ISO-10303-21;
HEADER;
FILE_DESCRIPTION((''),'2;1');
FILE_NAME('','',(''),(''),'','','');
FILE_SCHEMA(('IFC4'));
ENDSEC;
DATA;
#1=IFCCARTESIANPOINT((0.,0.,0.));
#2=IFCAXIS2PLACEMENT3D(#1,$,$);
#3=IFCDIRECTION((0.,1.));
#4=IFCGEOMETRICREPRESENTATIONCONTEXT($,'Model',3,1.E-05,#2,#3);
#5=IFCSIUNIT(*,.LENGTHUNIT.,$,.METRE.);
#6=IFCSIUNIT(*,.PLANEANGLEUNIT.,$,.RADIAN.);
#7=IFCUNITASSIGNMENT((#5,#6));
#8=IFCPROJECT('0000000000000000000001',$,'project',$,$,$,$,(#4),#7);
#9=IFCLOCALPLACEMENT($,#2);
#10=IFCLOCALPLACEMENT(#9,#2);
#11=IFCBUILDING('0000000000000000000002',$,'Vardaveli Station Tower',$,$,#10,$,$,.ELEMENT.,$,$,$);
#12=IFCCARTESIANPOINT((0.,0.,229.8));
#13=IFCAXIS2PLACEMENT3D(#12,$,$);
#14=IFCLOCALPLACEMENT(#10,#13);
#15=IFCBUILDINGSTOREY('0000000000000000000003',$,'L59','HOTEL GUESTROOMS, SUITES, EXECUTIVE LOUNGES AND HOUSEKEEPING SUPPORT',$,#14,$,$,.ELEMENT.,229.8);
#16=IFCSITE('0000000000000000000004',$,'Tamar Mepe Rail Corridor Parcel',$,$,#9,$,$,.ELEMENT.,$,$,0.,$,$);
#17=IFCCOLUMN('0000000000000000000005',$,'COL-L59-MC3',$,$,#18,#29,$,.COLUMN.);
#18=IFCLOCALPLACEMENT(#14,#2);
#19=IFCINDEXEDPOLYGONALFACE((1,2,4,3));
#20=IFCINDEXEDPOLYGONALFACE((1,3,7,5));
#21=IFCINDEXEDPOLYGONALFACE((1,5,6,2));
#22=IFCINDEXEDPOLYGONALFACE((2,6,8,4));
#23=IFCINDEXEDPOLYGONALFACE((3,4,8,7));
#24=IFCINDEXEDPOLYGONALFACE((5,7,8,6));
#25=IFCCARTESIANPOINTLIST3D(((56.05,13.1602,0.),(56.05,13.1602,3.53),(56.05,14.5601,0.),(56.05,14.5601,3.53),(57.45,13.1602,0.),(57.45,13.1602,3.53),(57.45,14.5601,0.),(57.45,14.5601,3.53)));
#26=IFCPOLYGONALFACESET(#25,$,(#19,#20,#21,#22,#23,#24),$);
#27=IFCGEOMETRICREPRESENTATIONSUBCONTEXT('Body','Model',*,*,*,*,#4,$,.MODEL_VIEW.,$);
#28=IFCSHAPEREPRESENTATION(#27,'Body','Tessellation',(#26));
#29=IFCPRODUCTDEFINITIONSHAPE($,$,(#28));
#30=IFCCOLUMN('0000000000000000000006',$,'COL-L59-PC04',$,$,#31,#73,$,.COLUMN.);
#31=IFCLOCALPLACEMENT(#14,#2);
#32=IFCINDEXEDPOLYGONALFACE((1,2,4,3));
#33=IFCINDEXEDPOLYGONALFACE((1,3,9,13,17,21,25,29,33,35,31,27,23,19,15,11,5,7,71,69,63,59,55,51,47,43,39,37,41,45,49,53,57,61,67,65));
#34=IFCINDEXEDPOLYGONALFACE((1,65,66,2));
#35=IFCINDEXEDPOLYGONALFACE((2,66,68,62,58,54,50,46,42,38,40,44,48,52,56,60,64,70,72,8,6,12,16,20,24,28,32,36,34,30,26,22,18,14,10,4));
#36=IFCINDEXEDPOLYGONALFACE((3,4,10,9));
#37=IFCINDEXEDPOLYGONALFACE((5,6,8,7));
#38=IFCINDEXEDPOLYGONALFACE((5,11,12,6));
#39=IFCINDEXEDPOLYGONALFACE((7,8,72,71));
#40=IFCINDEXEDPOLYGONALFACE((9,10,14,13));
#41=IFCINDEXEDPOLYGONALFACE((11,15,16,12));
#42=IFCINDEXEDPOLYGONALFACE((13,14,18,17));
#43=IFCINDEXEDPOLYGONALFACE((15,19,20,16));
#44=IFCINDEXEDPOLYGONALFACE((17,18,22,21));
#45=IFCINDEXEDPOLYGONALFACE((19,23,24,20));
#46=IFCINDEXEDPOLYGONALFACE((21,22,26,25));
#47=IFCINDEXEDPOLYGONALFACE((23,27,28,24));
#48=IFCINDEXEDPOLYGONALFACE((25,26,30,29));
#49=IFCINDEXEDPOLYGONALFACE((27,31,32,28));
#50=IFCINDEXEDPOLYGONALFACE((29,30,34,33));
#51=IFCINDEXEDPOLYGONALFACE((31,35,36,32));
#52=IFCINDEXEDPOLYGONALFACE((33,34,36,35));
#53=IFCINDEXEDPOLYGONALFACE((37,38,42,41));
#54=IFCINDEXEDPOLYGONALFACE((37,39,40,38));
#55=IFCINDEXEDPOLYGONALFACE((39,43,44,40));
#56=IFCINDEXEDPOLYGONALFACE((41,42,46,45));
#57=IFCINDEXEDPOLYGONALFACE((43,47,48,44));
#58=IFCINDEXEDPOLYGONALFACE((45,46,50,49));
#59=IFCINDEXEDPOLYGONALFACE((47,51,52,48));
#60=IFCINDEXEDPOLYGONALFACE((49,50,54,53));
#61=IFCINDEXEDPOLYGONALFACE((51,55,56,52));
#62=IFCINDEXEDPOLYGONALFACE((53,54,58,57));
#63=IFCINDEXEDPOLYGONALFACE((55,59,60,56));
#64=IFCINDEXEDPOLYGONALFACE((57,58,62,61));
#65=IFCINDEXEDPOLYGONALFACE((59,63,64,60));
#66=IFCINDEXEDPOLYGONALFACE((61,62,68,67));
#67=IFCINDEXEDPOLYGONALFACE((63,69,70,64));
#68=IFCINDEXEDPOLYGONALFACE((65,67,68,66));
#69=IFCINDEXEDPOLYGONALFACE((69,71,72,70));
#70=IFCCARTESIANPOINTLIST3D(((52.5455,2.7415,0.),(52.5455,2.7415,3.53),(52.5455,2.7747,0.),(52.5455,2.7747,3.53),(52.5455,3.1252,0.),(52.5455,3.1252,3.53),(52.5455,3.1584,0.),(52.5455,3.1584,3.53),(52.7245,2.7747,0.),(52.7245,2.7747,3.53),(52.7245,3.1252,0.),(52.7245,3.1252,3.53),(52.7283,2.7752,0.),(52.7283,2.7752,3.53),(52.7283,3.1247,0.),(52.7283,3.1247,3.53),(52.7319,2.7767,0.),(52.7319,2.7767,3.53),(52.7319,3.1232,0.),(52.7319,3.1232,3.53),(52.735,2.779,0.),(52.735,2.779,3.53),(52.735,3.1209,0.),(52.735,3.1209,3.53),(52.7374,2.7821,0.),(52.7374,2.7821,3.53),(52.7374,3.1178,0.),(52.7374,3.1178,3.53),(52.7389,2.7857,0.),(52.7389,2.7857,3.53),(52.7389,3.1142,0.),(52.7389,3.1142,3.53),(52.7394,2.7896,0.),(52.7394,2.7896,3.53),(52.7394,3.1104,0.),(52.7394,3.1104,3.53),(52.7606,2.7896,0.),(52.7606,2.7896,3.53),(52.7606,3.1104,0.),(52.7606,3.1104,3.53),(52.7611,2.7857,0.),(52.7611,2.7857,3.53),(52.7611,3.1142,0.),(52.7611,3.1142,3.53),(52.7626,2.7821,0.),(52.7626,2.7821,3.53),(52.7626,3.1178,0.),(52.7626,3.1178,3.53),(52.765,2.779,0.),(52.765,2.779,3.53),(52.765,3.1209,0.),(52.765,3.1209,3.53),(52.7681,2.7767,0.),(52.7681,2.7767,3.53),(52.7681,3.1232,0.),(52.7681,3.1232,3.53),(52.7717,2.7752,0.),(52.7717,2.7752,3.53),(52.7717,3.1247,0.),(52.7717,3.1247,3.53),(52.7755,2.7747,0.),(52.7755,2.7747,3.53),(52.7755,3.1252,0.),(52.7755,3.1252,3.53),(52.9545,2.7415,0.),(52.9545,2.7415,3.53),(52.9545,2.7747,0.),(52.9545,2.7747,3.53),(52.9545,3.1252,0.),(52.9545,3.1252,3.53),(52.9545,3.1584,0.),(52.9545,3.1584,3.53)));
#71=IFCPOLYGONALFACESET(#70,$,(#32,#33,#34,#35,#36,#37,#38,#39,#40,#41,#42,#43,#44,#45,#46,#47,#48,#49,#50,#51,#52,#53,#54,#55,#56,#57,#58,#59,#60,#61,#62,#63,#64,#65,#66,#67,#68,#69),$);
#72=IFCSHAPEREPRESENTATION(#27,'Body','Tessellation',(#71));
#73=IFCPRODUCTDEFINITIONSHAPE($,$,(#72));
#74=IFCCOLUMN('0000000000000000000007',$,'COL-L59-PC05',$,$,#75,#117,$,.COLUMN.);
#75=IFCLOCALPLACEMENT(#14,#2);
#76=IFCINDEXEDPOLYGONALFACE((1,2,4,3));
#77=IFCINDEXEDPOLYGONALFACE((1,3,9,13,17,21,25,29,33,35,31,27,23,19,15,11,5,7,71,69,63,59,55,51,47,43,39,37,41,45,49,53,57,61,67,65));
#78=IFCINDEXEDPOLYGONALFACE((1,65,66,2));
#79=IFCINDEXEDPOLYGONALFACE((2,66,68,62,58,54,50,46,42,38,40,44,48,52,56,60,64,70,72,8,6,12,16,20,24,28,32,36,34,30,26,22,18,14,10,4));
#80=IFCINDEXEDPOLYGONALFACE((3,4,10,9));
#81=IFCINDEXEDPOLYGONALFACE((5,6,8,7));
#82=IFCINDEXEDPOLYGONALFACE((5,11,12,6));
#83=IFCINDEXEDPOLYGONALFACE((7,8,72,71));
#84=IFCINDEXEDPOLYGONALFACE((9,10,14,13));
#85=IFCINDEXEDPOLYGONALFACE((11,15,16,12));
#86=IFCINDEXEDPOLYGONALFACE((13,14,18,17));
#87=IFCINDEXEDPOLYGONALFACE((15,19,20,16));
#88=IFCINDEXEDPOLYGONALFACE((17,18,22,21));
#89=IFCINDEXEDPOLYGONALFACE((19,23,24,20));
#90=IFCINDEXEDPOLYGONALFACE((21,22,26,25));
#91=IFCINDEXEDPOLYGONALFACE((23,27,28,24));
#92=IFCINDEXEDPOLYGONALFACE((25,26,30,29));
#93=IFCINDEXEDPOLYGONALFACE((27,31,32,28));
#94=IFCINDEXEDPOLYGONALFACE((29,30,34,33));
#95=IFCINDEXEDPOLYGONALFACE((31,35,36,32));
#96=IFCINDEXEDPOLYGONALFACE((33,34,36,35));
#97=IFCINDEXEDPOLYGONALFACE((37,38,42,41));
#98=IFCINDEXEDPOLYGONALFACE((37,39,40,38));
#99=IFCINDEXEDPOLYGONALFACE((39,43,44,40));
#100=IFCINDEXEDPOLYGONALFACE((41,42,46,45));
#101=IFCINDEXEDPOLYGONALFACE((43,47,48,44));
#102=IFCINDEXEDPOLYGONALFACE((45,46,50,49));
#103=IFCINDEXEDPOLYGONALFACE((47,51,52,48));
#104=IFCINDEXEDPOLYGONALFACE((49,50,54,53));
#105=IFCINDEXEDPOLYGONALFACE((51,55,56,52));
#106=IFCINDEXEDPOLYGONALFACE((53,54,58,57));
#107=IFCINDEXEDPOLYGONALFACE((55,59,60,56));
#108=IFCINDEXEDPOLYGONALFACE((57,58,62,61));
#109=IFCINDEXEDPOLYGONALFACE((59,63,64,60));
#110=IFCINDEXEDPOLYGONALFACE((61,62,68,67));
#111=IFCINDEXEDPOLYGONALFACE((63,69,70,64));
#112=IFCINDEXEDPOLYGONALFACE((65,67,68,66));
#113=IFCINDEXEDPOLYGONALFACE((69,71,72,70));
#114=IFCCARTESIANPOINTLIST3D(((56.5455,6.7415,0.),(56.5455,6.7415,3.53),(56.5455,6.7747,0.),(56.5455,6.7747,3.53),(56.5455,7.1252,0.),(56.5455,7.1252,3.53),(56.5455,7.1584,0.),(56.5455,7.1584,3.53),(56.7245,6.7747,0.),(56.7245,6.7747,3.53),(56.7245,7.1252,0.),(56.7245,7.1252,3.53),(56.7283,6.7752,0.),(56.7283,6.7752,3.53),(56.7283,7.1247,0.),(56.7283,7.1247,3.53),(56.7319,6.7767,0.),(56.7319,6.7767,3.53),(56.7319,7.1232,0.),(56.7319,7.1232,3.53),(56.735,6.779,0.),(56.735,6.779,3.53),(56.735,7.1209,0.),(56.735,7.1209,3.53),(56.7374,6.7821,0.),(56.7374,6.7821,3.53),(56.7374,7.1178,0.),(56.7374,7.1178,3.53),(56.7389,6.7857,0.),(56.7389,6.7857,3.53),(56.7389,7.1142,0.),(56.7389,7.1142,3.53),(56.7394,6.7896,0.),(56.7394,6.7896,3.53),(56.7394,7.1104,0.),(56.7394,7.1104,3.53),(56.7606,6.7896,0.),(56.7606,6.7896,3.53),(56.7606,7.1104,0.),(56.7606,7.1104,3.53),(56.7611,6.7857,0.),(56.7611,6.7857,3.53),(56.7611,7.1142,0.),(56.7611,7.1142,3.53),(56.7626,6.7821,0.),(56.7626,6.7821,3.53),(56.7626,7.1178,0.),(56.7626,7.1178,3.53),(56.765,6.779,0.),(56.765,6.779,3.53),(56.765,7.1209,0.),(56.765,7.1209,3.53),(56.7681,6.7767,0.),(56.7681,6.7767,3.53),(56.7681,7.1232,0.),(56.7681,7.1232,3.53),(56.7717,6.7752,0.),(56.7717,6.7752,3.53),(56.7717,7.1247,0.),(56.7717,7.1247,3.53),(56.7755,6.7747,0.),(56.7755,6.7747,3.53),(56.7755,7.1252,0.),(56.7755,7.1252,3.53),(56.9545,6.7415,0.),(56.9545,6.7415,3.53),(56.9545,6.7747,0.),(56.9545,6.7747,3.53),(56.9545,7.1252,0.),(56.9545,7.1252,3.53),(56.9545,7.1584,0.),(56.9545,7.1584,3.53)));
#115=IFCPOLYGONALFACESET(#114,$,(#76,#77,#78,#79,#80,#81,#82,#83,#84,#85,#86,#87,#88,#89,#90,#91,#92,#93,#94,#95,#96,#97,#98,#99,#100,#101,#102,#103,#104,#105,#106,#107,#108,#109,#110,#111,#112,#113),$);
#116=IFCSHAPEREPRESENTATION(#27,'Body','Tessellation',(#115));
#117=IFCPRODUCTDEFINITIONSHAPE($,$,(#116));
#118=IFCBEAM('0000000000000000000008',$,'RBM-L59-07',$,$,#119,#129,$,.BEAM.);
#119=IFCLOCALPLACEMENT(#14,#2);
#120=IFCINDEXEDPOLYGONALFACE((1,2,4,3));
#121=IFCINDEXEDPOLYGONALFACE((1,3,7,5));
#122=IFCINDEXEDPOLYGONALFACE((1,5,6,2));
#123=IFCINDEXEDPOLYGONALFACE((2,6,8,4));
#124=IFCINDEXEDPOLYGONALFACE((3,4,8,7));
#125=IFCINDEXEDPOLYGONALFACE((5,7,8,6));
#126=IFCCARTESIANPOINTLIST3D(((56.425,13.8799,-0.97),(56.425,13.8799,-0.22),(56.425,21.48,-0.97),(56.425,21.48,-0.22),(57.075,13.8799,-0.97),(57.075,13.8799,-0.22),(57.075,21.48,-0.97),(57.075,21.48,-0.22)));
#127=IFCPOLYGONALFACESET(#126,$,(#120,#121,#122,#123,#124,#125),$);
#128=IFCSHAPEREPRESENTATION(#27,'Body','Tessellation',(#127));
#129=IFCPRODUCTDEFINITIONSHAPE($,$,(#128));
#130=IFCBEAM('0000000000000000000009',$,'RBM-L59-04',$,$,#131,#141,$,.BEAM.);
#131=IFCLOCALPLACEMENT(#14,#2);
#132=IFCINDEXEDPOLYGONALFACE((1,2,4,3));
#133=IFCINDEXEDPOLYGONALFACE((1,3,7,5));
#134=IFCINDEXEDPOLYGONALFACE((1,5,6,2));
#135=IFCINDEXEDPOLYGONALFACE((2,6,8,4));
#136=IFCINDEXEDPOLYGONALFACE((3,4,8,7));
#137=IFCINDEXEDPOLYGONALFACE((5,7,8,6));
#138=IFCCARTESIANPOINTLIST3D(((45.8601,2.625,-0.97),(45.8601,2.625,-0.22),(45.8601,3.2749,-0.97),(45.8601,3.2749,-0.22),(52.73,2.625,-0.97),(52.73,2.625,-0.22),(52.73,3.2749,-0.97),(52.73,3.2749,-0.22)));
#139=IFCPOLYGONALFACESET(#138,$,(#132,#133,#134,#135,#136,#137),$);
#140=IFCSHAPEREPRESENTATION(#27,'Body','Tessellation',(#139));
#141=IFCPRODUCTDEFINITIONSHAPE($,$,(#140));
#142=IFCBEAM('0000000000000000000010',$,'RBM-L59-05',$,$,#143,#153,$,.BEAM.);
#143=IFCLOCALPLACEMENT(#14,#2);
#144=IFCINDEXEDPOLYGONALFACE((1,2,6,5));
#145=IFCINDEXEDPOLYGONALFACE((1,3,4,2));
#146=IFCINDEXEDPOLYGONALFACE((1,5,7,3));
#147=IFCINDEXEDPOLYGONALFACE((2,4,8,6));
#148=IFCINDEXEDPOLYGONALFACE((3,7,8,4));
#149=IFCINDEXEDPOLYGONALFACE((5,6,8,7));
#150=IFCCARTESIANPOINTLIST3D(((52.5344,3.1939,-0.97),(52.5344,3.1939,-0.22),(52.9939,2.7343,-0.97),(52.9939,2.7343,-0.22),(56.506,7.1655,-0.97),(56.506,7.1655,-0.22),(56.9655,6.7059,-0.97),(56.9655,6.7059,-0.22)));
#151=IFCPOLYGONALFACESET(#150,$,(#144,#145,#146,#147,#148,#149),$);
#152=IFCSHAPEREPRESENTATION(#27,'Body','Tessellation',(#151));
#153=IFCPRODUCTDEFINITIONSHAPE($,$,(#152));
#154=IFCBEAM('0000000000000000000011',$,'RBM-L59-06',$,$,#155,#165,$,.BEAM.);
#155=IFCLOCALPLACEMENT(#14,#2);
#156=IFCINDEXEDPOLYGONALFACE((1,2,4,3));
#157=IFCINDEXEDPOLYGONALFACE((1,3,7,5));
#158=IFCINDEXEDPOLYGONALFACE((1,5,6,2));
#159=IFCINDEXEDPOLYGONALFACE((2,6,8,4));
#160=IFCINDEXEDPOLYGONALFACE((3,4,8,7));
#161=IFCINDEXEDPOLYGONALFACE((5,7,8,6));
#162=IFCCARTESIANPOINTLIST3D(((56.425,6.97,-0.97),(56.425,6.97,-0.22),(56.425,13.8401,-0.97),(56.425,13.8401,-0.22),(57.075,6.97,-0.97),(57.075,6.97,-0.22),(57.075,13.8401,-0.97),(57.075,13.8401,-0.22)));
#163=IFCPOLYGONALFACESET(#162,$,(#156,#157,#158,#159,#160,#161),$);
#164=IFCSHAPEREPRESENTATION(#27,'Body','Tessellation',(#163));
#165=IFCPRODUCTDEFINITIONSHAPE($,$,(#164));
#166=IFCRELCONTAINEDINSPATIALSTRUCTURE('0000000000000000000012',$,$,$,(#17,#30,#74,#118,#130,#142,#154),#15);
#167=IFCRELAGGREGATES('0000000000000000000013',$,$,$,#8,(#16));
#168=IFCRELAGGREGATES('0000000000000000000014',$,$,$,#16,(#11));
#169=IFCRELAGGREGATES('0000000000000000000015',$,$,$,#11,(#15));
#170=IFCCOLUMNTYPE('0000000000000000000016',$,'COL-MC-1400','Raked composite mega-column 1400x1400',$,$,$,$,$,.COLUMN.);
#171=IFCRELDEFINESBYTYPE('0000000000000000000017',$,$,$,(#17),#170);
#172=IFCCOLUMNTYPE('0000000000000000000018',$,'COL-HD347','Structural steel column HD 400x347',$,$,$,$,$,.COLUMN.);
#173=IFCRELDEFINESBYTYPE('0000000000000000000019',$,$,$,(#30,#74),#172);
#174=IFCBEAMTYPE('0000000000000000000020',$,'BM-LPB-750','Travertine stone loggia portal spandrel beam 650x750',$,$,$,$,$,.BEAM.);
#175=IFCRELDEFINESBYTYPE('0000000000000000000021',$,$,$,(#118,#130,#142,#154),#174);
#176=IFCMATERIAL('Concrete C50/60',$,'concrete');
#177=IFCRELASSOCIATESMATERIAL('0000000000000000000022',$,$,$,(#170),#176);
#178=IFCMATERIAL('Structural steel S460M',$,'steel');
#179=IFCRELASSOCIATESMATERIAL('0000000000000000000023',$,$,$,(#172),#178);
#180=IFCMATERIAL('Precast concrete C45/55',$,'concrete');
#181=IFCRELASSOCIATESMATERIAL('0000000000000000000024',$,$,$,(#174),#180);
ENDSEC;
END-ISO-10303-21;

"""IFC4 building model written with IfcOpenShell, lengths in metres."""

from ifc_helpers import new_model, si_unit, direction, frame, origin, origin_2d, place, context, subcontext, project, spatial, rectangle, i_section, extrude, source, transform, mapped, material, material_profile, profile_set, type_object, element, save


model = new_model("IFC4")

# Units and contexts
model_context = context("Model", 3, precision=1e-05, world=origin(), true_north=direction((0.0, 1.0)))
body_context = subcontext(model_context, "Body", "Model", "MODEL_VIEW")
ifc_project = project(units=[si_unit("LENGTHUNIT", "METRE"), si_unit("PLANEANGLEUNIT", "RADIAN")], contexts=[model_context])

# Site, building, storey
site_placement = place(None, origin())
site = spatial("IfcSite", under=ifc_project, at=site_placement, Name="Tamar Mepe Rail Corridor Parcel", CompositionType="ELEMENT", RefElevation=0.0)
building_placement = place(site_placement, origin())
building = spatial("IfcBuilding", under=site, at=building_placement, Name="Vardaveli Station Tower", CompositionType="ELEMENT")
storey_placement = place(building_placement, frame((0.0, 0.0, 229.8)))
storey = spatial("IfcBuildingStorey", under=building, at=storey_placement, Name="L59", Description="HOTEL GUESTROOMS, SUITES, EXECUTIVE LOUNGES AND HOUSEKEEPING SUPPORT", CompositionType="ELEMENT", Elevation=229.8)

# Columns
ifc_material_1 = material(Name="Concrete C50/60", Category="concrete")
ifc_material_profile_1 = material_profile(ifc_material_1, rectangle(XDim=1.3999, YDim=1.3999, at=origin_2d()), Name="MC 1400x1400")
ifc_profile_set_1 = profile_set([ifc_material_profile_1], Name="Concrete C50/60")
column_type_1 = type_object("IfcColumnType", Name="COL-MC-1400", Description="Raked composite mega-column 1400x1400", PredefinedType="COLUMN", material=ifc_profile_set_1)
shared_shape_1 = source(origin(), body_context, "Body", "SweptSolid", [
    extrude(rectangle(XDim=1.3999, YDim=1.3999, at=origin_2d()), origin(), (0.0, 0.0, 1.0), 3.53),
])
column_placement = place(storey_placement, frame((56.75, 13.8601, 0.0), z_axis=(0.0, 0.0, 1.0), x_axis=(1.0, 0.0, 0.0)))
element("IfcColumn", 1, at=column_placement, inside=storey, type_object=column_type_1, Name="COL-L59-MC3", PredefinedType="COLUMN", context=body_context, shape_type="MappedRepresentation", body=[
    mapped(shared_shape_1, transform((0.0, 0.0, 0.0), scale=1.0)),
])
ifc_material_2 = material(Name="Structural steel S460M", Category="steel")
ifc_material_profile_2 = material_profile(ifc_material_2, i_section(OverallWidth=0.4089, OverallDepth=0.417, WebThickness=0.0212, FlangeThickness=0.0332, FilletRadius=0.0149, at=origin_2d()), Name="HD 400x347")
ifc_profile_set_2 = profile_set([ifc_material_profile_2], Name="Structural steel S460M")
column_type_2 = type_object("IfcColumnType", Name="COL-HD347", Description="Structural steel column HD 400x347", PredefinedType="COLUMN", material=ifc_profile_set_2)
shared_shape_2 = source(origin(), body_context, "Body", "SweptSolid", [
    extrude(i_section(OverallWidth=0.4089, OverallDepth=0.417, WebThickness=0.0212, FlangeThickness=0.0332, FilletRadius=0.0149, at=origin_2d()), origin(), (0.0, 0.0, 1.0), 3.53),
])
for number, where, z_axis, x_axis, name in (
    (2, (52.75, 2.95, 0.0), (0.0, 0.0, 1.0), (1.0, 0.0, 0.0), "COL-L59-PC04"),
    (3, (56.75, 6.95, 0.0), (0.0, 0.0, 1.0), (1.0, 0.0, 0.0), "COL-L59-PC05"),
):
    element("IfcColumn", number, at=place(storey_placement, frame(where, z_axis=z_axis, x_axis=x_axis)), inside=storey, type_object=column_type_2, Name=name, PredefinedType="COLUMN", context=body_context, shape_type="MappedRepresentation", body=[
        mapped(shared_shape_2, transform((0.0, 0.0, 0.0), scale=1.0)),
    ])

# Beams
ifc_material_3 = material(Name="Precast concrete C45/55", Category="concrete")
ifc_material_profile_3 = material_profile(ifc_material_3, rectangle(XDim=0.6499, YDim=0.75, at=origin_2d()), Name="LPB 650x750")
ifc_profile_set_3 = profile_set([ifc_material_profile_3], Name="Precast concrete C45/55")
beam_type_1 = type_object("IfcBeamType", Name="BM-LPB-750", Description="Travertine stone loggia portal spandrel beam 650x750", PredefinedType="BEAM", material=ifc_profile_set_3)
shared_shape_3 = source(origin(), body_context, "Body", "SweptSolid", [
    extrude(rectangle(XDim=0.6499, YDim=0.75, at=origin_2d()), origin(), (0.0, 0.0, 1.0), 7.6001),
])
beam_1_placement = place(storey_placement, frame((56.75, 13.8799, -0.595), z_axis=(0.0, 1.0, 0.0), x_axis=(-1.0, 0.0, 0.0)))
element("IfcBeam", 4, at=beam_1_placement, inside=storey, type_object=beam_type_1, Name="RBM-L59-07", PredefinedType="BEAM", context=body_context, shape_type="MappedRepresentation", body=[
    mapped(shared_shape_3, transform((0.0, 0.0, 0.0), scale=1.0)),
])
shared_shape_4 = source(origin(), body_context, "Body", "SweptSolid", [
    extrude(rectangle(XDim=0.6499, YDim=0.75, at=origin_2d()), origin(), (0.0, 0.0, 1.0), 6.8699),
])
beam_2_placement = place(storey_placement, frame((45.8601, 2.95, -0.595), z_axis=(1.0, 0.0, 0.0), x_axis=(0.0, 1.0, 0.0)))
element("IfcBeam", 5, at=beam_2_placement, inside=storey, type_object=beam_type_1, Name="RBM-L59-04", PredefinedType="BEAM", context=body_context, shape_type="MappedRepresentation", body=[
    mapped(shared_shape_4, transform((0.0, 0.0, 0.0), scale=1.0)),
])
shared_shape_5 = source(origin(), body_context, "Body", "SweptSolid", [
    extrude(rectangle(XDim=0.6499, YDim=0.75, at=origin_2d()), origin(), (0.0, 0.0, 1.0), 5.6167),
])
beam_3_placement = place(storey_placement, frame((52.7642, 2.9641, -0.595), z_axis=(0.707107, 0.707107, 0.0), x_axis=(-0.707107, 0.707107, 0.0)))
element("IfcBeam", 6, at=beam_3_placement, inside=storey, type_object=beam_type_1, Name="RBM-L59-05", PredefinedType="BEAM", context=body_context, shape_type="MappedRepresentation", body=[
    mapped(shared_shape_5, transform((0.0, 0.0, 0.0), scale=1.0)),
])
shared_shape_6 = source(origin(), body_context, "Body", "SweptSolid", [
    extrude(rectangle(XDim=0.6499, YDim=0.75, at=origin_2d()), origin(), (0.0, 0.0, 1.0), 6.8701),
])
beam_4_placement = place(storey_placement, frame((56.75, 6.97, -0.595), z_axis=(0.0, 1.0, 0.0), x_axis=(-1.0, 0.0, 0.0)))
element("IfcBeam", 7, at=beam_4_placement, inside=storey, type_object=beam_type_1, Name="RBM-L59-06", PredefinedType="BEAM", context=body_context, shape_type="MappedRepresentation", body=[
    mapped(shared_shape_6, transform((0.0, 0.0, 0.0), scale=1.0)),
])

save(model, "model.ifc")
